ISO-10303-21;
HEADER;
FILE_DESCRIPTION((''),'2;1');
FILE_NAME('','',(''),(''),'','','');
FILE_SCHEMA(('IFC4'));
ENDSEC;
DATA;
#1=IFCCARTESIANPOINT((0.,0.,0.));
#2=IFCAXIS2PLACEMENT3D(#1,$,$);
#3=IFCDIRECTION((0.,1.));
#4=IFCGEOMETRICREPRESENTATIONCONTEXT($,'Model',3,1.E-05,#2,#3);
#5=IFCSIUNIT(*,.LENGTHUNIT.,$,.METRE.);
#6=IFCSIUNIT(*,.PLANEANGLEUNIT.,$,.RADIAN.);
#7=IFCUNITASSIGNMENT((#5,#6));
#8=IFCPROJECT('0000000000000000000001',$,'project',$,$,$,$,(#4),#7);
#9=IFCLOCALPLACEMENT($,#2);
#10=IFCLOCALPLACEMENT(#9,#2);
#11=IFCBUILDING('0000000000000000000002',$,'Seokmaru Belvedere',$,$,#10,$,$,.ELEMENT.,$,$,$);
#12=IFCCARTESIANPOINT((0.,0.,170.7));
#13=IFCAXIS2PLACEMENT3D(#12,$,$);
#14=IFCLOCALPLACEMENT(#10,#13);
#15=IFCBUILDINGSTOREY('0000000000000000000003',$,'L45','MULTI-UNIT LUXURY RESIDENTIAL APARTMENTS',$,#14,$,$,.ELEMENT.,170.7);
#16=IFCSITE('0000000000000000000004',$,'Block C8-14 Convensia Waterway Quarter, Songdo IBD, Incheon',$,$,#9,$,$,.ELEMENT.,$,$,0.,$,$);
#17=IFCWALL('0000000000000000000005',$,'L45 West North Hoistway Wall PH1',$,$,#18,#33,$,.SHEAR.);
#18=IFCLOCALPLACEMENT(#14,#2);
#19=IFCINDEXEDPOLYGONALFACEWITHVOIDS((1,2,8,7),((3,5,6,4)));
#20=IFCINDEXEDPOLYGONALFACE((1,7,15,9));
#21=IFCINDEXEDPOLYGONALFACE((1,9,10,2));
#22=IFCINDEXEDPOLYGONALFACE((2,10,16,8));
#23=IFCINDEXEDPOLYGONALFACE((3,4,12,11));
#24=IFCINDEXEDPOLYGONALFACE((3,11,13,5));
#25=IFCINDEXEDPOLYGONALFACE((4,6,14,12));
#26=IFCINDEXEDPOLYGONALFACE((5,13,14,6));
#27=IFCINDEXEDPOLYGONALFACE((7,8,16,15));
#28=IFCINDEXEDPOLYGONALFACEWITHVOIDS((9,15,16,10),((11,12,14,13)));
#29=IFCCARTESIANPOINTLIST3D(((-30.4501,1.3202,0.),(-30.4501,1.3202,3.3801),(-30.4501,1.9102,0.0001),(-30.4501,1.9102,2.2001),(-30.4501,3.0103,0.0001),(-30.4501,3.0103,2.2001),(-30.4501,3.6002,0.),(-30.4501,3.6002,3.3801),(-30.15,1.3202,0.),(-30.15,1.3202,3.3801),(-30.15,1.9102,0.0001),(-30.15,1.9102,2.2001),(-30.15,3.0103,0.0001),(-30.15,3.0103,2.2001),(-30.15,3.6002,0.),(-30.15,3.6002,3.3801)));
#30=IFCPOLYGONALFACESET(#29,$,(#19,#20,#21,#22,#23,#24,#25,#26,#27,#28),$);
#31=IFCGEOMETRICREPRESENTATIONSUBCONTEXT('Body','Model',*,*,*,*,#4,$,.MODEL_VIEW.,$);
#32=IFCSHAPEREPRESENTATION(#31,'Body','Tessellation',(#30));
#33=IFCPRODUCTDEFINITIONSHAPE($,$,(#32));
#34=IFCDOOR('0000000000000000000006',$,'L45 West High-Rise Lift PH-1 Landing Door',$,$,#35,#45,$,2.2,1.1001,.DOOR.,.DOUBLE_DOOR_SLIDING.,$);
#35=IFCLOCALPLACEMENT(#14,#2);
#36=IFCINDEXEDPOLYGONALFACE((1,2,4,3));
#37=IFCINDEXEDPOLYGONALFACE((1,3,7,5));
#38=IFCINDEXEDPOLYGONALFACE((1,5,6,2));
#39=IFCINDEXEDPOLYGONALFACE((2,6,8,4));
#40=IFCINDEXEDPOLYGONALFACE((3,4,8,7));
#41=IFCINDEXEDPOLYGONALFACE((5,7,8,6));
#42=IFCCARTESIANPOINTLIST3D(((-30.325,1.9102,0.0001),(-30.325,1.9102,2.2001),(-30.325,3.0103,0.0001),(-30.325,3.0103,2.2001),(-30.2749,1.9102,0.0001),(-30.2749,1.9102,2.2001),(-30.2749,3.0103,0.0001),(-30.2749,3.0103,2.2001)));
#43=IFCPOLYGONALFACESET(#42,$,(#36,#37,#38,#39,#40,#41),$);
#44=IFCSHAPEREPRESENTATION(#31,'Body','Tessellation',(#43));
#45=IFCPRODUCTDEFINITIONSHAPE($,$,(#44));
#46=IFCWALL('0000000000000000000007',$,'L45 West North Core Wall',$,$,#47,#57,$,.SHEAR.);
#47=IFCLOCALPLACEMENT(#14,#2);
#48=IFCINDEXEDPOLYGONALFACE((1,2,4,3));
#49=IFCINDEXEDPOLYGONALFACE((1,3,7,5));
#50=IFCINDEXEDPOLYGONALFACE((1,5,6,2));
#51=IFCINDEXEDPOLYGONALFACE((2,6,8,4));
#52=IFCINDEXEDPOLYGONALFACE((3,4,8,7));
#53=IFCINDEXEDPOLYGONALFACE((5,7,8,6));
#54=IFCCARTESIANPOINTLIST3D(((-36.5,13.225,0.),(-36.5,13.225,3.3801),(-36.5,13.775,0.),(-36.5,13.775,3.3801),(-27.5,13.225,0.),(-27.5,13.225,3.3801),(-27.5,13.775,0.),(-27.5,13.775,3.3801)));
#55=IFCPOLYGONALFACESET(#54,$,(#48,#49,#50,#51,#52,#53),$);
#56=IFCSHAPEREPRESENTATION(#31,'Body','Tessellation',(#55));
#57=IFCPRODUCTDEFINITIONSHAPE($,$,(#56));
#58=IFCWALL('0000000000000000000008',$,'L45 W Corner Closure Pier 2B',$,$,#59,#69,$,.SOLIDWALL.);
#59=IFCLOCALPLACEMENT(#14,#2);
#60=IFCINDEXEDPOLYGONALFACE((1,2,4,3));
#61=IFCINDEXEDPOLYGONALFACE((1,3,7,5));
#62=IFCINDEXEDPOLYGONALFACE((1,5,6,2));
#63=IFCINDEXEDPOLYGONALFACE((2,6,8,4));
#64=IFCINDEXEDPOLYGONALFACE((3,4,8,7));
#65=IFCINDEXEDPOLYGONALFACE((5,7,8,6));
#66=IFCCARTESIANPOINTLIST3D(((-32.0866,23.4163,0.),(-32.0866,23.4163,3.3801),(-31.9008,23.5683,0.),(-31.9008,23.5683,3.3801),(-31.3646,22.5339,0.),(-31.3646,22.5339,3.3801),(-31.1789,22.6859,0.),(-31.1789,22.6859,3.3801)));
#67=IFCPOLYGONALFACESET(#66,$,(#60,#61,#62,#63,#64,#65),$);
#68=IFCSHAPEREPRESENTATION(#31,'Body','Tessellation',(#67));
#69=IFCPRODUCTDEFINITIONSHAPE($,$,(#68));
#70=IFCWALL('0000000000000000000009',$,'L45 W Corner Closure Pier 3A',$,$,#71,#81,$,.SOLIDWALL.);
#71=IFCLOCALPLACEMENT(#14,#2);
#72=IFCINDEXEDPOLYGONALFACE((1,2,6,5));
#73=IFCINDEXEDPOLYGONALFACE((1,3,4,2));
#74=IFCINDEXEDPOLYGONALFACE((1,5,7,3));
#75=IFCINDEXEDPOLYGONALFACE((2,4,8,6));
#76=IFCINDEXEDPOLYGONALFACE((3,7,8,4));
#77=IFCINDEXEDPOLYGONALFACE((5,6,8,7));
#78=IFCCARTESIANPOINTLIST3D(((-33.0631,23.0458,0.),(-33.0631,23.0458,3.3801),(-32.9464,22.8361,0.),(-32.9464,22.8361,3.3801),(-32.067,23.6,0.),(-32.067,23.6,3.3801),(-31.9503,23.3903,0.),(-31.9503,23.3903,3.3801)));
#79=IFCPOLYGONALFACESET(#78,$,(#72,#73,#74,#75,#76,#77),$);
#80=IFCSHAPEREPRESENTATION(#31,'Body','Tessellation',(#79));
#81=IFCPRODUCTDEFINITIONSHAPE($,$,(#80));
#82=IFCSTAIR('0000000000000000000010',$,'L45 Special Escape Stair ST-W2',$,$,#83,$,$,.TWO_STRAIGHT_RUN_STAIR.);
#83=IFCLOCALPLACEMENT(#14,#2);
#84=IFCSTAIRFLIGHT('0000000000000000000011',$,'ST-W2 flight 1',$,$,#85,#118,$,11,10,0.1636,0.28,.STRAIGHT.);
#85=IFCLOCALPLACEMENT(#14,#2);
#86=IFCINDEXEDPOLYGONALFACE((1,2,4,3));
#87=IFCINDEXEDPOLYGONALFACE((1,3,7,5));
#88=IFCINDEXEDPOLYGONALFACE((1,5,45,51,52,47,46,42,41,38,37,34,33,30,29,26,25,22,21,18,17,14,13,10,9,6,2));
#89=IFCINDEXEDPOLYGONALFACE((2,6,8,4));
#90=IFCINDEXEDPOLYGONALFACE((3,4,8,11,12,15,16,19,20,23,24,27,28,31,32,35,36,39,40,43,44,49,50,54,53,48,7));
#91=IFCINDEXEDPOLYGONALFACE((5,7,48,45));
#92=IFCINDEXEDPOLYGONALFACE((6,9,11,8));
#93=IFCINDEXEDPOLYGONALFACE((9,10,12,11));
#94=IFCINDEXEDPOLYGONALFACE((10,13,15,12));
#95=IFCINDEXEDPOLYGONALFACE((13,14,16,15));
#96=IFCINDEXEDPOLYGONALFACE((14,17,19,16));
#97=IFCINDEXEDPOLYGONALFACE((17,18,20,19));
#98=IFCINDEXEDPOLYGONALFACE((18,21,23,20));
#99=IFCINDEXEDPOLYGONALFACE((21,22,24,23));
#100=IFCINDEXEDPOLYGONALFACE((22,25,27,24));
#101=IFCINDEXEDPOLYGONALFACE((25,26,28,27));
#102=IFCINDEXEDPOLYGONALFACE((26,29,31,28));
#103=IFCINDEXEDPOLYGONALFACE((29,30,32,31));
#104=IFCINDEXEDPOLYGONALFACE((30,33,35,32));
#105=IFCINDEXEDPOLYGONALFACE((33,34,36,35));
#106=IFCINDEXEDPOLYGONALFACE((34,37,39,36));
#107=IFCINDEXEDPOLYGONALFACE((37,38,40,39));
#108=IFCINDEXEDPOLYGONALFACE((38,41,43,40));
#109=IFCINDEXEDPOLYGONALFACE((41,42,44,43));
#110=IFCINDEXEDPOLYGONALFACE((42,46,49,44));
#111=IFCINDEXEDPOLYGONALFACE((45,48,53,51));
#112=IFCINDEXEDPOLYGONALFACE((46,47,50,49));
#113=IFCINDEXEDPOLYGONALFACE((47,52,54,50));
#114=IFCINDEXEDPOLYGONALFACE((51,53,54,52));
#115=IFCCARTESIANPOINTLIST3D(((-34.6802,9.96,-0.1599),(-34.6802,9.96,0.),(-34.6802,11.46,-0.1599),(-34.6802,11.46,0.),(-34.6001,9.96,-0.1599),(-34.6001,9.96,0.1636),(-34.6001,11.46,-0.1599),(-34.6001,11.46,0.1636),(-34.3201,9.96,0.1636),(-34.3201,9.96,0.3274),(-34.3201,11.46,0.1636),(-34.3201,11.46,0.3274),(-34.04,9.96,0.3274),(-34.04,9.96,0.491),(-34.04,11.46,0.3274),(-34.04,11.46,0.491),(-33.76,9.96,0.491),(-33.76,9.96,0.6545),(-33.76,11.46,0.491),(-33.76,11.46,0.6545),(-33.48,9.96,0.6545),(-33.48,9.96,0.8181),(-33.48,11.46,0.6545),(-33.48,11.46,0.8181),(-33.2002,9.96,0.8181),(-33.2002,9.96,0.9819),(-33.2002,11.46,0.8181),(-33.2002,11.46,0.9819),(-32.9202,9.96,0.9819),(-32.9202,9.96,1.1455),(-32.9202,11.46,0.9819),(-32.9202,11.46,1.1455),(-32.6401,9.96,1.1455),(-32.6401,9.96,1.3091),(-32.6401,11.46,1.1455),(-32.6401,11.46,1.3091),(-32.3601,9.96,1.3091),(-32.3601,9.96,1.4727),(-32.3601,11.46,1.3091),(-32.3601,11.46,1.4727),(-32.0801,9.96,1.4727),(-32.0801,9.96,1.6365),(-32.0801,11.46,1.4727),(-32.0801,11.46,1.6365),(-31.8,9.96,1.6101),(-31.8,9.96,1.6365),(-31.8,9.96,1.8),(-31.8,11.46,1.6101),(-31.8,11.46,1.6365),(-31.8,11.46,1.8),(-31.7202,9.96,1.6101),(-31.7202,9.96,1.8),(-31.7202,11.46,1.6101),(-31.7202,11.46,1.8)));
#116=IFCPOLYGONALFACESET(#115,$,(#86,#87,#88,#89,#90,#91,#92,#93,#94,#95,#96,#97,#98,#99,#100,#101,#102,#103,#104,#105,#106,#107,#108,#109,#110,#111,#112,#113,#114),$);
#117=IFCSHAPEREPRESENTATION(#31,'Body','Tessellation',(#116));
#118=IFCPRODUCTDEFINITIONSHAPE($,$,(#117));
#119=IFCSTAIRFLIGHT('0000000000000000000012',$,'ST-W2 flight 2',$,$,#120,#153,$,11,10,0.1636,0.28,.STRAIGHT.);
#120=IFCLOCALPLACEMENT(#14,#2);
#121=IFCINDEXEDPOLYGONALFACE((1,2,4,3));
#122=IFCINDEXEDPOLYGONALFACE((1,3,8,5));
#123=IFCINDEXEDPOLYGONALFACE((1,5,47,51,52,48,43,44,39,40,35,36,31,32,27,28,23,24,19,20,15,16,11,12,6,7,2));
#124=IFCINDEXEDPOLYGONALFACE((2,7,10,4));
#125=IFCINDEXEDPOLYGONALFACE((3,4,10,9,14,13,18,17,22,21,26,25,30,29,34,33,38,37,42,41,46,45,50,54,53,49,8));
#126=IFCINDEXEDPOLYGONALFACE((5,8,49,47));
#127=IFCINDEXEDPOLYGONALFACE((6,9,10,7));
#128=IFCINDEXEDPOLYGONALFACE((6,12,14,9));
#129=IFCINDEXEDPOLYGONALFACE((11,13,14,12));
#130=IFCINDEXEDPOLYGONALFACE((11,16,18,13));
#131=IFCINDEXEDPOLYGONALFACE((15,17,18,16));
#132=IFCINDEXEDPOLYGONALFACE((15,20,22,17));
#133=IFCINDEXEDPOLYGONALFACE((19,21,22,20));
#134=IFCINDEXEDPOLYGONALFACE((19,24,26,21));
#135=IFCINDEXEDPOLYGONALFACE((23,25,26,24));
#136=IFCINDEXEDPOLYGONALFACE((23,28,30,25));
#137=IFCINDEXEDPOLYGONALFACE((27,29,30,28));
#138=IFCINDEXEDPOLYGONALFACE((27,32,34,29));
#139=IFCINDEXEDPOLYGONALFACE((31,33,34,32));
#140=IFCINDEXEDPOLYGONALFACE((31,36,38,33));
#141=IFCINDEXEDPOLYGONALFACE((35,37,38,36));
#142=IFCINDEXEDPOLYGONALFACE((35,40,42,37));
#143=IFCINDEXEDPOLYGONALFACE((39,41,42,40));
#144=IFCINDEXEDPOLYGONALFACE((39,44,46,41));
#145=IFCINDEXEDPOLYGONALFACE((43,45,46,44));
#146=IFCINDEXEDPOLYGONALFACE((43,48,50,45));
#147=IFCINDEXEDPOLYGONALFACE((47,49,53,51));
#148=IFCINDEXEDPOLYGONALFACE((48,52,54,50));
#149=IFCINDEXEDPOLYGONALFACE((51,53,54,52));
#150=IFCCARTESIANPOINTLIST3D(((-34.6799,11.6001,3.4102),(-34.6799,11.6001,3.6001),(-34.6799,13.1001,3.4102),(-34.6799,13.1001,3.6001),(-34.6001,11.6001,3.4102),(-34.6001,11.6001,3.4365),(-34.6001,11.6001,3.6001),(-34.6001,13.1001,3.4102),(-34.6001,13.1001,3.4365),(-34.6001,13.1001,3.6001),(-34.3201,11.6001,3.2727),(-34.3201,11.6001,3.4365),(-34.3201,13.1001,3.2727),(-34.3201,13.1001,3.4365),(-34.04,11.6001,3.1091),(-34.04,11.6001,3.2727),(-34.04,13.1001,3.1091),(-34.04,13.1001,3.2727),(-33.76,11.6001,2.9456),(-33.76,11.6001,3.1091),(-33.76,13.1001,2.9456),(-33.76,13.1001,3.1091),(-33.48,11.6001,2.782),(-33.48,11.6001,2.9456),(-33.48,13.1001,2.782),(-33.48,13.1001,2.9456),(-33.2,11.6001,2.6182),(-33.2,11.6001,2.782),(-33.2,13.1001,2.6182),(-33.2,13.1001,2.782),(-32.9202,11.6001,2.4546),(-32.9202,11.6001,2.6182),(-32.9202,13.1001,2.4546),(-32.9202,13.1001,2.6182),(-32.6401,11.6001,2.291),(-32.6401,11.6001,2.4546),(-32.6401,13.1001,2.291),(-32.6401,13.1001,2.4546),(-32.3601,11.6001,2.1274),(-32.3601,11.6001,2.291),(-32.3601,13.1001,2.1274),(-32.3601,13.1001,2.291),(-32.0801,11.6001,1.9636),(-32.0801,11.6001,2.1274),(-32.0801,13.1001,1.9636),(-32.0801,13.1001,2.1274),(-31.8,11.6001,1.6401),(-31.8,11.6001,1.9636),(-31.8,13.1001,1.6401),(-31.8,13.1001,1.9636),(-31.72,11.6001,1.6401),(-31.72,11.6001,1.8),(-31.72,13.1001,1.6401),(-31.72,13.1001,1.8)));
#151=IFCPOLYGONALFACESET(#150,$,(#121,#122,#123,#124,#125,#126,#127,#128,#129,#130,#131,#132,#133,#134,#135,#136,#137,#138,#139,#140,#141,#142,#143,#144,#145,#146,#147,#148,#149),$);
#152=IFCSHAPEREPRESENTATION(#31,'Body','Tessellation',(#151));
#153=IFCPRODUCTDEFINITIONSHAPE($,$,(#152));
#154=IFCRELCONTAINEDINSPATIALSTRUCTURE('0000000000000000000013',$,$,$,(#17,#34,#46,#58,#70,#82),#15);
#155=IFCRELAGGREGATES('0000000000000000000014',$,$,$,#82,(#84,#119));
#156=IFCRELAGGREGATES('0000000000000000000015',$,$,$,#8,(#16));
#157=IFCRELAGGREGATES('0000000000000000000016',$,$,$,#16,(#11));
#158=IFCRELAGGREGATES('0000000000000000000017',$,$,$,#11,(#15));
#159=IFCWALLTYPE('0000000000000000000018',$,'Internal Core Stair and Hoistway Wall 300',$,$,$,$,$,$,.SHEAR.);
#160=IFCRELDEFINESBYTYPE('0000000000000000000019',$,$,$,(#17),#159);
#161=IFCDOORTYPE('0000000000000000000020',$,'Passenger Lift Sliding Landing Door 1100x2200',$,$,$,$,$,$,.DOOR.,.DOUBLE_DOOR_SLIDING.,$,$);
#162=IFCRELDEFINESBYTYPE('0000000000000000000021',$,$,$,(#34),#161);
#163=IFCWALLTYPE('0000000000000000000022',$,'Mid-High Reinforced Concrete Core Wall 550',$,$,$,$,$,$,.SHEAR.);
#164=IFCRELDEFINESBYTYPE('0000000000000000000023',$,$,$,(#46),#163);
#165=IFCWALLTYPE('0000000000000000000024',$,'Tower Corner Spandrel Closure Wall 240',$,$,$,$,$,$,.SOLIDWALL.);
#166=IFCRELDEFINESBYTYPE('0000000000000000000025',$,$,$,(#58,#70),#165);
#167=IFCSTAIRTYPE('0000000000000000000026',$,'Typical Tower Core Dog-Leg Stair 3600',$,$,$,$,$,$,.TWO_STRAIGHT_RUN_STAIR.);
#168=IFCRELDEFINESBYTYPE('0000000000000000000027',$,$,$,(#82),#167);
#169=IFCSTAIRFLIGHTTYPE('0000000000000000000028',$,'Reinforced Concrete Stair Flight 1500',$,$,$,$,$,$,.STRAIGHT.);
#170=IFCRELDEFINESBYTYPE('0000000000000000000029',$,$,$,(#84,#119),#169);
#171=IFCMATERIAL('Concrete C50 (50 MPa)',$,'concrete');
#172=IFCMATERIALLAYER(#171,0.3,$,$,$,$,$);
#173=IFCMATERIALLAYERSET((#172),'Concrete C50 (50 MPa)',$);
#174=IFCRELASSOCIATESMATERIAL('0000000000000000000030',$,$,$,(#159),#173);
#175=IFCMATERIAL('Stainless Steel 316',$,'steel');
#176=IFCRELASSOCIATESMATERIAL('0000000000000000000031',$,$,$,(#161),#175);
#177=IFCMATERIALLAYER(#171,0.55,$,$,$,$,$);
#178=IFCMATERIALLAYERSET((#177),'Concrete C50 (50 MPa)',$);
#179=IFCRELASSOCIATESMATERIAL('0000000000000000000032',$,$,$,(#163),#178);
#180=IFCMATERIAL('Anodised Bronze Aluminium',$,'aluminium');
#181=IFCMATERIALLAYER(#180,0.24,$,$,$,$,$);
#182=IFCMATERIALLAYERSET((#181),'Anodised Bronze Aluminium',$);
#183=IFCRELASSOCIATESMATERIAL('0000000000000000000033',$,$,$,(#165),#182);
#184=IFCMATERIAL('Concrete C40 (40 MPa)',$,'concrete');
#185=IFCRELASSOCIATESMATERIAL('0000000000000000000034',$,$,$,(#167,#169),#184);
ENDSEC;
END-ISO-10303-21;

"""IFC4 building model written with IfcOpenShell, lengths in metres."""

from ifc_helpers import new_model, si_unit, direction, frame, frame_2d, origin, place, context, subcontext, project, spatial, polyline, rectangle, outline, extrude, source, transform, mapped, material, layer, layer_set, type_object, type_shapes, element, fill, aggregate, save


model = new_model("IFC4")

# Units and contexts
model_context = context("Model", 3, precision=1e-05, world=origin(), true_north=direction((0.0, 1.0)))
body_context = subcontext(model_context, "Body", "Model", "MODEL_VIEW")
ifc_project = project(units=[si_unit("LENGTHUNIT", "METRE"), si_unit("PLANEANGLEUNIT", "RADIAN")], contexts=[model_context])

# Site, building, storey
site_placement = place(None, origin())
site = spatial("IfcSite", under=ifc_project, at=site_placement, Name="Block C8-14 Convensia Waterway Quarter, Songdo IBD, Incheon", CompositionType="ELEMENT", RefElevation=0.0)
building_placement = place(site_placement, origin())
building = spatial("IfcBuilding", under=site, at=building_placement, Name="Seokmaru Belvedere", CompositionType="ELEMENT")
storey_placement = place(building_placement, frame((0.0, 0.0, 170.7)))
storey = spatial("IfcBuildingStorey", under=building, at=storey_placement, Name="L45", Description="MULTI-UNIT LUXURY RESIDENTIAL APARTMENTS", CompositionType="ELEMENT", Elevation=170.7)

# Shared definitions
ifc_material_1 = material(Name="Anodised Bronze Aluminium", Category="aluminium")

# Shared definitions
ifc_material_2 = material(Name="Concrete C50 (50 MPa)", Category="concrete")

# Wall, opening, door
ifc_layer_1 = layer(ifc_material_2, 0.3)
ifc_layer_set_1 = layer_set([ifc_layer_1], Name="Concrete C50 (50 MPa)")
wall_type_1 = type_object("IfcWallType", Name="Internal Core Stair and Hoistway Wall 300", PredefinedType="SHEAR", material=ifc_layer_set_1)
wall_1_placement = place(storey_placement, frame((-30.3, 1.3201, 0.0), z_axis=(0.0, 0.0, 1.0), x_axis=(0.0, 1.0, 0.0)))
wall_1 = element("IfcWall", 1, at=wall_1_placement, inside=storey, type_object=wall_type_1, Name="L45 West North Hoistway Wall PH1", PredefinedType="SHEAR", context=body_context, shape_type="SweptSolid", body=[
    extrude(rectangle(XDim=2.28, YDim=0.3, at=frame_2d((1.1401, 0.0))), origin(), (0.0, 0.0, 1.0), 3.3801),
])
opening_1_placement = place(wall_1_placement, frame((0.5901, 0.0, 0.0)))
opening_1 = element("IfcOpeningElement", 2, at=opening_1_placement, cuts=wall_1, PredefinedType="OPENING", context=body_context, shape_type="SweptSolid", body=[
    extrude(rectangle(XDim=1.1001, YDim=2.2, at=frame_2d((0.55, 1.1001))), frame((0.0, 0.1602, 0.0), z_axis=(0.0, -1.0, 0.0), x_axis=(1.0, 0.0, 0.0)), (0.0, 0.0, 1.0), 0.3201),
])
ifc_material_3 = material(Name="Stainless Steel 316", Category="steel")
door_type_1 = type_object("IfcDoorType", Name="Passenger Lift Sliding Landing Door 1100x2200", OperationType="DOUBLE_DOOR_SLIDING", PredefinedType="DOOR", material=ifc_material_3)
shared_shape_1 = source(origin(), body_context, "Body", "SweptSolid", [
    extrude(rectangle(XDim=1.1001, YDim=2.2, at=frame_2d((0.55, 1.1001))), frame((0.0, 0.0249, 0.0), z_axis=(0.0, -1.0, 0.0), x_axis=(1.0, 0.0, 0.0)), (0.0, 0.0, 1.0), 0.05),
])
type_shapes(door_type_1, [shared_shape_1])
door_1_placement = place(opening_1_placement, origin())
door_1 = element("IfcDoor", 3, at=door_1_placement, inside=storey, type_object=door_type_1, Name="L45 West High-Rise Lift PH-1 Landing Door", OperationType="DOUBLE_DOOR_SLIDING", OverallHeight=2.2, OverallWidth=1.1001, PredefinedType="DOOR", context=body_context, shape_type="MappedRepresentation", body=[
    mapped(shared_shape_1, transform((0.0, 0.0, 0.0), scale=1.0)),
])
fill(opening_1, door_1)

# Wall
ifc_layer_2 = layer(ifc_material_2, 0.55)
ifc_layer_set_2 = layer_set([ifc_layer_2], Name="Concrete C50 (50 MPa)")
wall_type_2 = type_object("IfcWallType", Name="Mid-High Reinforced Concrete Core Wall 550", PredefinedType="SHEAR", material=ifc_layer_set_2)
wall_2_placement = place(storey_placement, frame((-36.5, 13.5, 0.0), z_axis=(0.0, 0.0, 1.0), x_axis=(1.0, 0.0, 0.0)))
element("IfcWall", 4, at=wall_2_placement, inside=storey, type_object=wall_type_2, Name="L45 West North Core Wall", PredefinedType="SHEAR", context=body_context, shape_type="SweptSolid", body=[
    extrude(rectangle(XDim=9.0, YDim=0.55, at=frame_2d((4.5, 0.0))), origin(), (0.0, 0.0, 1.0), 3.3801),
])

# Walls
ifc_layer_3 = layer(ifc_material_1, 0.24)
ifc_layer_set_3 = layer_set([ifc_layer_3], Name="Anodised Bronze Aluminium")
wall_type_3 = type_object("IfcWallType", Name="Tower Corner Spandrel Closure Wall 240", PredefinedType="SOLIDWALL", material=ifc_layer_set_3)
wall_3_placement = place(storey_placement, frame((-31.2717, 22.6099, 0.0), z_axis=(0.0, 0.0, 1.0), x_axis=(-0.633249, 0.773948, 0.0)))
element("IfcWall", 5, at=wall_3_placement, inside=storey, type_object=wall_type_3, Name="L45 W Corner Closure Pier 2B", PredefinedType="SOLIDWALL", context=body_context, shape_type="SweptSolid", body=[
    extrude(rectangle(XDim=1.1401, YDim=0.24, at=frame_2d((0.5701, 0.0))), origin(), (0.0, 0.0, 1.0), 3.3801),
])
wall_4_placement = place(storey_placement, frame((-32.0088, 23.4951, 0.0), z_axis=(0.0, 0.0, 1.0), x_axis=(-0.873854, -0.486188, 0.0)))
element("IfcWall", 6, at=wall_4_placement, inside=storey, type_object=wall_type_3, Name="L45 W Corner Closure Pier 3A", PredefinedType="SOLIDWALL", context=body_context, shape_type="SweptSolid", body=[
    extrude(rectangle(XDim=1.1399, YDim=0.24, at=frame_2d((0.5698, 0.0))), origin(), (0.0, 0.0, 1.0), 3.3801),
])

# Stair, stair flights
ifc_material_4 = material(Name="Concrete C40 (40 MPa)", Category="concrete")
stair_type = type_object("IfcStairType", Name="Typical Tower Core Dog-Leg Stair 3600", PredefinedType="TWO_STRAIGHT_RUN_STAIR", material=ifc_material_4)
stair_placement = place(storey_placement, origin())
stair = element("IfcStair", 7, at=stair_placement, inside=storey, type_object=stair_type, Name="L45 Special Escape Stair ST-W2", PredefinedType="TWO_STRAIGHT_RUN_STAIR")
stair_flight_type = type_object("IfcStairFlightType", Name="Reinforced Concrete Stair Flight 1500", PredefinedType="STRAIGHT", material=ifc_material_4)
stair_flight_1_placement = place(storey_placement, frame((-34.6001, 10.71, 0.0), z_axis=(0.0, 0.0, 1.0), x_axis=(1.0, 0.0, 0.0)))
stair_flight_1 = element("IfcStairFlight", 8, at=stair_flight_1_placement, type_object=stair_flight_type, Name="ST-W2 flight 1", NumberOfRisers=11, NumberOfTreads=10, PredefinedType="STRAIGHT", RiserHeight=0.1636, TreadLength=0.28, context=body_context, shape_type="SweptSolid", body=[
    extrude(outline(polyline([(-0.0801, 0.0), (0.0, 0.1636), (0.28, 0.1636), (0.28, 0.3274), (0.5601, 0.3274), (0.5601, 0.491), (0.8401, 0.491), (0.8401, 0.6545), (1.1201, 0.6545), (1.1201, 0.8181), (1.3999, 0.8181), (1.3999, 0.9819), (1.6799, 0.9819), (1.6799, 1.1455), (1.96, 1.1455), (1.96, 1.3091), (2.24, 1.3091), (2.24, 1.4727), (2.52, 1.4727), (2.52, 1.6365), (2.8, 1.6365), (2.8, 1.8), (2.8799, 1.8), (2.8799, 1.6101), (2.8, 1.6101), (0.0, -0.1599), (-0.0801, -0.1599), (-0.0801, 0.0)])), frame((0.0, 0.75, 0.0), z_axis=(0.0, -1.0, 0.0), x_axis=(1.0, 0.0, 0.0)), (0.0, 0.0, 1.0), 1.5),
])
stair_flight_2_placement = place(storey_placement, frame((-31.8, 12.3501, 1.8), z_axis=(0.0, 0.0, 1.0), x_axis=(-1.0, 0.0, 0.0)))
stair_flight_2 = element("IfcStairFlight", 9, at=stair_flight_2_placement, type_object=stair_flight_type, Name="ST-W2 flight 2", NumberOfRisers=11, NumberOfTreads=10, PredefinedType="STRAIGHT", RiserHeight=0.1636, TreadLength=0.28, context=body_context, shape_type="SweptSolid", body=[
    extrude(outline(polyline([(-0.0801, 0.0), (0.0, 0.1636), (0.28, 0.1636), (0.28, 0.3274), (0.5601, 0.3274), (0.5601, 0.491), (0.8401, 0.491), (0.8401, 0.6545), (1.1201, 0.6545), (1.1201, 0.8181), (1.3999, 0.8181), (1.3999, 0.9819), (1.6799, 0.9819), (1.6799, 1.1455), (1.96, 1.1455), (1.96, 1.3091), (2.24, 1.3091), (2.24, 1.4727), (2.52, 1.4727), (2.52, 1.6365), (2.8, 1.6365), (2.8, 1.8), (2.8799, 1.8), (2.8799, 1.6101), (2.8, 1.6101), (0.0, -0.1599), (-0.0801, -0.1599), (-0.0801, 0.0)])), frame((0.0, 0.75, 0.0), z_axis=(0.0, -1.0, 0.0), x_axis=(1.0, 0.0, 0.0)), (0.0, 0.0, 1.0), 1.5),
])
aggregate(stair, [stair_flight_1, stair_flight_2])

save(model, "model.ifc")
